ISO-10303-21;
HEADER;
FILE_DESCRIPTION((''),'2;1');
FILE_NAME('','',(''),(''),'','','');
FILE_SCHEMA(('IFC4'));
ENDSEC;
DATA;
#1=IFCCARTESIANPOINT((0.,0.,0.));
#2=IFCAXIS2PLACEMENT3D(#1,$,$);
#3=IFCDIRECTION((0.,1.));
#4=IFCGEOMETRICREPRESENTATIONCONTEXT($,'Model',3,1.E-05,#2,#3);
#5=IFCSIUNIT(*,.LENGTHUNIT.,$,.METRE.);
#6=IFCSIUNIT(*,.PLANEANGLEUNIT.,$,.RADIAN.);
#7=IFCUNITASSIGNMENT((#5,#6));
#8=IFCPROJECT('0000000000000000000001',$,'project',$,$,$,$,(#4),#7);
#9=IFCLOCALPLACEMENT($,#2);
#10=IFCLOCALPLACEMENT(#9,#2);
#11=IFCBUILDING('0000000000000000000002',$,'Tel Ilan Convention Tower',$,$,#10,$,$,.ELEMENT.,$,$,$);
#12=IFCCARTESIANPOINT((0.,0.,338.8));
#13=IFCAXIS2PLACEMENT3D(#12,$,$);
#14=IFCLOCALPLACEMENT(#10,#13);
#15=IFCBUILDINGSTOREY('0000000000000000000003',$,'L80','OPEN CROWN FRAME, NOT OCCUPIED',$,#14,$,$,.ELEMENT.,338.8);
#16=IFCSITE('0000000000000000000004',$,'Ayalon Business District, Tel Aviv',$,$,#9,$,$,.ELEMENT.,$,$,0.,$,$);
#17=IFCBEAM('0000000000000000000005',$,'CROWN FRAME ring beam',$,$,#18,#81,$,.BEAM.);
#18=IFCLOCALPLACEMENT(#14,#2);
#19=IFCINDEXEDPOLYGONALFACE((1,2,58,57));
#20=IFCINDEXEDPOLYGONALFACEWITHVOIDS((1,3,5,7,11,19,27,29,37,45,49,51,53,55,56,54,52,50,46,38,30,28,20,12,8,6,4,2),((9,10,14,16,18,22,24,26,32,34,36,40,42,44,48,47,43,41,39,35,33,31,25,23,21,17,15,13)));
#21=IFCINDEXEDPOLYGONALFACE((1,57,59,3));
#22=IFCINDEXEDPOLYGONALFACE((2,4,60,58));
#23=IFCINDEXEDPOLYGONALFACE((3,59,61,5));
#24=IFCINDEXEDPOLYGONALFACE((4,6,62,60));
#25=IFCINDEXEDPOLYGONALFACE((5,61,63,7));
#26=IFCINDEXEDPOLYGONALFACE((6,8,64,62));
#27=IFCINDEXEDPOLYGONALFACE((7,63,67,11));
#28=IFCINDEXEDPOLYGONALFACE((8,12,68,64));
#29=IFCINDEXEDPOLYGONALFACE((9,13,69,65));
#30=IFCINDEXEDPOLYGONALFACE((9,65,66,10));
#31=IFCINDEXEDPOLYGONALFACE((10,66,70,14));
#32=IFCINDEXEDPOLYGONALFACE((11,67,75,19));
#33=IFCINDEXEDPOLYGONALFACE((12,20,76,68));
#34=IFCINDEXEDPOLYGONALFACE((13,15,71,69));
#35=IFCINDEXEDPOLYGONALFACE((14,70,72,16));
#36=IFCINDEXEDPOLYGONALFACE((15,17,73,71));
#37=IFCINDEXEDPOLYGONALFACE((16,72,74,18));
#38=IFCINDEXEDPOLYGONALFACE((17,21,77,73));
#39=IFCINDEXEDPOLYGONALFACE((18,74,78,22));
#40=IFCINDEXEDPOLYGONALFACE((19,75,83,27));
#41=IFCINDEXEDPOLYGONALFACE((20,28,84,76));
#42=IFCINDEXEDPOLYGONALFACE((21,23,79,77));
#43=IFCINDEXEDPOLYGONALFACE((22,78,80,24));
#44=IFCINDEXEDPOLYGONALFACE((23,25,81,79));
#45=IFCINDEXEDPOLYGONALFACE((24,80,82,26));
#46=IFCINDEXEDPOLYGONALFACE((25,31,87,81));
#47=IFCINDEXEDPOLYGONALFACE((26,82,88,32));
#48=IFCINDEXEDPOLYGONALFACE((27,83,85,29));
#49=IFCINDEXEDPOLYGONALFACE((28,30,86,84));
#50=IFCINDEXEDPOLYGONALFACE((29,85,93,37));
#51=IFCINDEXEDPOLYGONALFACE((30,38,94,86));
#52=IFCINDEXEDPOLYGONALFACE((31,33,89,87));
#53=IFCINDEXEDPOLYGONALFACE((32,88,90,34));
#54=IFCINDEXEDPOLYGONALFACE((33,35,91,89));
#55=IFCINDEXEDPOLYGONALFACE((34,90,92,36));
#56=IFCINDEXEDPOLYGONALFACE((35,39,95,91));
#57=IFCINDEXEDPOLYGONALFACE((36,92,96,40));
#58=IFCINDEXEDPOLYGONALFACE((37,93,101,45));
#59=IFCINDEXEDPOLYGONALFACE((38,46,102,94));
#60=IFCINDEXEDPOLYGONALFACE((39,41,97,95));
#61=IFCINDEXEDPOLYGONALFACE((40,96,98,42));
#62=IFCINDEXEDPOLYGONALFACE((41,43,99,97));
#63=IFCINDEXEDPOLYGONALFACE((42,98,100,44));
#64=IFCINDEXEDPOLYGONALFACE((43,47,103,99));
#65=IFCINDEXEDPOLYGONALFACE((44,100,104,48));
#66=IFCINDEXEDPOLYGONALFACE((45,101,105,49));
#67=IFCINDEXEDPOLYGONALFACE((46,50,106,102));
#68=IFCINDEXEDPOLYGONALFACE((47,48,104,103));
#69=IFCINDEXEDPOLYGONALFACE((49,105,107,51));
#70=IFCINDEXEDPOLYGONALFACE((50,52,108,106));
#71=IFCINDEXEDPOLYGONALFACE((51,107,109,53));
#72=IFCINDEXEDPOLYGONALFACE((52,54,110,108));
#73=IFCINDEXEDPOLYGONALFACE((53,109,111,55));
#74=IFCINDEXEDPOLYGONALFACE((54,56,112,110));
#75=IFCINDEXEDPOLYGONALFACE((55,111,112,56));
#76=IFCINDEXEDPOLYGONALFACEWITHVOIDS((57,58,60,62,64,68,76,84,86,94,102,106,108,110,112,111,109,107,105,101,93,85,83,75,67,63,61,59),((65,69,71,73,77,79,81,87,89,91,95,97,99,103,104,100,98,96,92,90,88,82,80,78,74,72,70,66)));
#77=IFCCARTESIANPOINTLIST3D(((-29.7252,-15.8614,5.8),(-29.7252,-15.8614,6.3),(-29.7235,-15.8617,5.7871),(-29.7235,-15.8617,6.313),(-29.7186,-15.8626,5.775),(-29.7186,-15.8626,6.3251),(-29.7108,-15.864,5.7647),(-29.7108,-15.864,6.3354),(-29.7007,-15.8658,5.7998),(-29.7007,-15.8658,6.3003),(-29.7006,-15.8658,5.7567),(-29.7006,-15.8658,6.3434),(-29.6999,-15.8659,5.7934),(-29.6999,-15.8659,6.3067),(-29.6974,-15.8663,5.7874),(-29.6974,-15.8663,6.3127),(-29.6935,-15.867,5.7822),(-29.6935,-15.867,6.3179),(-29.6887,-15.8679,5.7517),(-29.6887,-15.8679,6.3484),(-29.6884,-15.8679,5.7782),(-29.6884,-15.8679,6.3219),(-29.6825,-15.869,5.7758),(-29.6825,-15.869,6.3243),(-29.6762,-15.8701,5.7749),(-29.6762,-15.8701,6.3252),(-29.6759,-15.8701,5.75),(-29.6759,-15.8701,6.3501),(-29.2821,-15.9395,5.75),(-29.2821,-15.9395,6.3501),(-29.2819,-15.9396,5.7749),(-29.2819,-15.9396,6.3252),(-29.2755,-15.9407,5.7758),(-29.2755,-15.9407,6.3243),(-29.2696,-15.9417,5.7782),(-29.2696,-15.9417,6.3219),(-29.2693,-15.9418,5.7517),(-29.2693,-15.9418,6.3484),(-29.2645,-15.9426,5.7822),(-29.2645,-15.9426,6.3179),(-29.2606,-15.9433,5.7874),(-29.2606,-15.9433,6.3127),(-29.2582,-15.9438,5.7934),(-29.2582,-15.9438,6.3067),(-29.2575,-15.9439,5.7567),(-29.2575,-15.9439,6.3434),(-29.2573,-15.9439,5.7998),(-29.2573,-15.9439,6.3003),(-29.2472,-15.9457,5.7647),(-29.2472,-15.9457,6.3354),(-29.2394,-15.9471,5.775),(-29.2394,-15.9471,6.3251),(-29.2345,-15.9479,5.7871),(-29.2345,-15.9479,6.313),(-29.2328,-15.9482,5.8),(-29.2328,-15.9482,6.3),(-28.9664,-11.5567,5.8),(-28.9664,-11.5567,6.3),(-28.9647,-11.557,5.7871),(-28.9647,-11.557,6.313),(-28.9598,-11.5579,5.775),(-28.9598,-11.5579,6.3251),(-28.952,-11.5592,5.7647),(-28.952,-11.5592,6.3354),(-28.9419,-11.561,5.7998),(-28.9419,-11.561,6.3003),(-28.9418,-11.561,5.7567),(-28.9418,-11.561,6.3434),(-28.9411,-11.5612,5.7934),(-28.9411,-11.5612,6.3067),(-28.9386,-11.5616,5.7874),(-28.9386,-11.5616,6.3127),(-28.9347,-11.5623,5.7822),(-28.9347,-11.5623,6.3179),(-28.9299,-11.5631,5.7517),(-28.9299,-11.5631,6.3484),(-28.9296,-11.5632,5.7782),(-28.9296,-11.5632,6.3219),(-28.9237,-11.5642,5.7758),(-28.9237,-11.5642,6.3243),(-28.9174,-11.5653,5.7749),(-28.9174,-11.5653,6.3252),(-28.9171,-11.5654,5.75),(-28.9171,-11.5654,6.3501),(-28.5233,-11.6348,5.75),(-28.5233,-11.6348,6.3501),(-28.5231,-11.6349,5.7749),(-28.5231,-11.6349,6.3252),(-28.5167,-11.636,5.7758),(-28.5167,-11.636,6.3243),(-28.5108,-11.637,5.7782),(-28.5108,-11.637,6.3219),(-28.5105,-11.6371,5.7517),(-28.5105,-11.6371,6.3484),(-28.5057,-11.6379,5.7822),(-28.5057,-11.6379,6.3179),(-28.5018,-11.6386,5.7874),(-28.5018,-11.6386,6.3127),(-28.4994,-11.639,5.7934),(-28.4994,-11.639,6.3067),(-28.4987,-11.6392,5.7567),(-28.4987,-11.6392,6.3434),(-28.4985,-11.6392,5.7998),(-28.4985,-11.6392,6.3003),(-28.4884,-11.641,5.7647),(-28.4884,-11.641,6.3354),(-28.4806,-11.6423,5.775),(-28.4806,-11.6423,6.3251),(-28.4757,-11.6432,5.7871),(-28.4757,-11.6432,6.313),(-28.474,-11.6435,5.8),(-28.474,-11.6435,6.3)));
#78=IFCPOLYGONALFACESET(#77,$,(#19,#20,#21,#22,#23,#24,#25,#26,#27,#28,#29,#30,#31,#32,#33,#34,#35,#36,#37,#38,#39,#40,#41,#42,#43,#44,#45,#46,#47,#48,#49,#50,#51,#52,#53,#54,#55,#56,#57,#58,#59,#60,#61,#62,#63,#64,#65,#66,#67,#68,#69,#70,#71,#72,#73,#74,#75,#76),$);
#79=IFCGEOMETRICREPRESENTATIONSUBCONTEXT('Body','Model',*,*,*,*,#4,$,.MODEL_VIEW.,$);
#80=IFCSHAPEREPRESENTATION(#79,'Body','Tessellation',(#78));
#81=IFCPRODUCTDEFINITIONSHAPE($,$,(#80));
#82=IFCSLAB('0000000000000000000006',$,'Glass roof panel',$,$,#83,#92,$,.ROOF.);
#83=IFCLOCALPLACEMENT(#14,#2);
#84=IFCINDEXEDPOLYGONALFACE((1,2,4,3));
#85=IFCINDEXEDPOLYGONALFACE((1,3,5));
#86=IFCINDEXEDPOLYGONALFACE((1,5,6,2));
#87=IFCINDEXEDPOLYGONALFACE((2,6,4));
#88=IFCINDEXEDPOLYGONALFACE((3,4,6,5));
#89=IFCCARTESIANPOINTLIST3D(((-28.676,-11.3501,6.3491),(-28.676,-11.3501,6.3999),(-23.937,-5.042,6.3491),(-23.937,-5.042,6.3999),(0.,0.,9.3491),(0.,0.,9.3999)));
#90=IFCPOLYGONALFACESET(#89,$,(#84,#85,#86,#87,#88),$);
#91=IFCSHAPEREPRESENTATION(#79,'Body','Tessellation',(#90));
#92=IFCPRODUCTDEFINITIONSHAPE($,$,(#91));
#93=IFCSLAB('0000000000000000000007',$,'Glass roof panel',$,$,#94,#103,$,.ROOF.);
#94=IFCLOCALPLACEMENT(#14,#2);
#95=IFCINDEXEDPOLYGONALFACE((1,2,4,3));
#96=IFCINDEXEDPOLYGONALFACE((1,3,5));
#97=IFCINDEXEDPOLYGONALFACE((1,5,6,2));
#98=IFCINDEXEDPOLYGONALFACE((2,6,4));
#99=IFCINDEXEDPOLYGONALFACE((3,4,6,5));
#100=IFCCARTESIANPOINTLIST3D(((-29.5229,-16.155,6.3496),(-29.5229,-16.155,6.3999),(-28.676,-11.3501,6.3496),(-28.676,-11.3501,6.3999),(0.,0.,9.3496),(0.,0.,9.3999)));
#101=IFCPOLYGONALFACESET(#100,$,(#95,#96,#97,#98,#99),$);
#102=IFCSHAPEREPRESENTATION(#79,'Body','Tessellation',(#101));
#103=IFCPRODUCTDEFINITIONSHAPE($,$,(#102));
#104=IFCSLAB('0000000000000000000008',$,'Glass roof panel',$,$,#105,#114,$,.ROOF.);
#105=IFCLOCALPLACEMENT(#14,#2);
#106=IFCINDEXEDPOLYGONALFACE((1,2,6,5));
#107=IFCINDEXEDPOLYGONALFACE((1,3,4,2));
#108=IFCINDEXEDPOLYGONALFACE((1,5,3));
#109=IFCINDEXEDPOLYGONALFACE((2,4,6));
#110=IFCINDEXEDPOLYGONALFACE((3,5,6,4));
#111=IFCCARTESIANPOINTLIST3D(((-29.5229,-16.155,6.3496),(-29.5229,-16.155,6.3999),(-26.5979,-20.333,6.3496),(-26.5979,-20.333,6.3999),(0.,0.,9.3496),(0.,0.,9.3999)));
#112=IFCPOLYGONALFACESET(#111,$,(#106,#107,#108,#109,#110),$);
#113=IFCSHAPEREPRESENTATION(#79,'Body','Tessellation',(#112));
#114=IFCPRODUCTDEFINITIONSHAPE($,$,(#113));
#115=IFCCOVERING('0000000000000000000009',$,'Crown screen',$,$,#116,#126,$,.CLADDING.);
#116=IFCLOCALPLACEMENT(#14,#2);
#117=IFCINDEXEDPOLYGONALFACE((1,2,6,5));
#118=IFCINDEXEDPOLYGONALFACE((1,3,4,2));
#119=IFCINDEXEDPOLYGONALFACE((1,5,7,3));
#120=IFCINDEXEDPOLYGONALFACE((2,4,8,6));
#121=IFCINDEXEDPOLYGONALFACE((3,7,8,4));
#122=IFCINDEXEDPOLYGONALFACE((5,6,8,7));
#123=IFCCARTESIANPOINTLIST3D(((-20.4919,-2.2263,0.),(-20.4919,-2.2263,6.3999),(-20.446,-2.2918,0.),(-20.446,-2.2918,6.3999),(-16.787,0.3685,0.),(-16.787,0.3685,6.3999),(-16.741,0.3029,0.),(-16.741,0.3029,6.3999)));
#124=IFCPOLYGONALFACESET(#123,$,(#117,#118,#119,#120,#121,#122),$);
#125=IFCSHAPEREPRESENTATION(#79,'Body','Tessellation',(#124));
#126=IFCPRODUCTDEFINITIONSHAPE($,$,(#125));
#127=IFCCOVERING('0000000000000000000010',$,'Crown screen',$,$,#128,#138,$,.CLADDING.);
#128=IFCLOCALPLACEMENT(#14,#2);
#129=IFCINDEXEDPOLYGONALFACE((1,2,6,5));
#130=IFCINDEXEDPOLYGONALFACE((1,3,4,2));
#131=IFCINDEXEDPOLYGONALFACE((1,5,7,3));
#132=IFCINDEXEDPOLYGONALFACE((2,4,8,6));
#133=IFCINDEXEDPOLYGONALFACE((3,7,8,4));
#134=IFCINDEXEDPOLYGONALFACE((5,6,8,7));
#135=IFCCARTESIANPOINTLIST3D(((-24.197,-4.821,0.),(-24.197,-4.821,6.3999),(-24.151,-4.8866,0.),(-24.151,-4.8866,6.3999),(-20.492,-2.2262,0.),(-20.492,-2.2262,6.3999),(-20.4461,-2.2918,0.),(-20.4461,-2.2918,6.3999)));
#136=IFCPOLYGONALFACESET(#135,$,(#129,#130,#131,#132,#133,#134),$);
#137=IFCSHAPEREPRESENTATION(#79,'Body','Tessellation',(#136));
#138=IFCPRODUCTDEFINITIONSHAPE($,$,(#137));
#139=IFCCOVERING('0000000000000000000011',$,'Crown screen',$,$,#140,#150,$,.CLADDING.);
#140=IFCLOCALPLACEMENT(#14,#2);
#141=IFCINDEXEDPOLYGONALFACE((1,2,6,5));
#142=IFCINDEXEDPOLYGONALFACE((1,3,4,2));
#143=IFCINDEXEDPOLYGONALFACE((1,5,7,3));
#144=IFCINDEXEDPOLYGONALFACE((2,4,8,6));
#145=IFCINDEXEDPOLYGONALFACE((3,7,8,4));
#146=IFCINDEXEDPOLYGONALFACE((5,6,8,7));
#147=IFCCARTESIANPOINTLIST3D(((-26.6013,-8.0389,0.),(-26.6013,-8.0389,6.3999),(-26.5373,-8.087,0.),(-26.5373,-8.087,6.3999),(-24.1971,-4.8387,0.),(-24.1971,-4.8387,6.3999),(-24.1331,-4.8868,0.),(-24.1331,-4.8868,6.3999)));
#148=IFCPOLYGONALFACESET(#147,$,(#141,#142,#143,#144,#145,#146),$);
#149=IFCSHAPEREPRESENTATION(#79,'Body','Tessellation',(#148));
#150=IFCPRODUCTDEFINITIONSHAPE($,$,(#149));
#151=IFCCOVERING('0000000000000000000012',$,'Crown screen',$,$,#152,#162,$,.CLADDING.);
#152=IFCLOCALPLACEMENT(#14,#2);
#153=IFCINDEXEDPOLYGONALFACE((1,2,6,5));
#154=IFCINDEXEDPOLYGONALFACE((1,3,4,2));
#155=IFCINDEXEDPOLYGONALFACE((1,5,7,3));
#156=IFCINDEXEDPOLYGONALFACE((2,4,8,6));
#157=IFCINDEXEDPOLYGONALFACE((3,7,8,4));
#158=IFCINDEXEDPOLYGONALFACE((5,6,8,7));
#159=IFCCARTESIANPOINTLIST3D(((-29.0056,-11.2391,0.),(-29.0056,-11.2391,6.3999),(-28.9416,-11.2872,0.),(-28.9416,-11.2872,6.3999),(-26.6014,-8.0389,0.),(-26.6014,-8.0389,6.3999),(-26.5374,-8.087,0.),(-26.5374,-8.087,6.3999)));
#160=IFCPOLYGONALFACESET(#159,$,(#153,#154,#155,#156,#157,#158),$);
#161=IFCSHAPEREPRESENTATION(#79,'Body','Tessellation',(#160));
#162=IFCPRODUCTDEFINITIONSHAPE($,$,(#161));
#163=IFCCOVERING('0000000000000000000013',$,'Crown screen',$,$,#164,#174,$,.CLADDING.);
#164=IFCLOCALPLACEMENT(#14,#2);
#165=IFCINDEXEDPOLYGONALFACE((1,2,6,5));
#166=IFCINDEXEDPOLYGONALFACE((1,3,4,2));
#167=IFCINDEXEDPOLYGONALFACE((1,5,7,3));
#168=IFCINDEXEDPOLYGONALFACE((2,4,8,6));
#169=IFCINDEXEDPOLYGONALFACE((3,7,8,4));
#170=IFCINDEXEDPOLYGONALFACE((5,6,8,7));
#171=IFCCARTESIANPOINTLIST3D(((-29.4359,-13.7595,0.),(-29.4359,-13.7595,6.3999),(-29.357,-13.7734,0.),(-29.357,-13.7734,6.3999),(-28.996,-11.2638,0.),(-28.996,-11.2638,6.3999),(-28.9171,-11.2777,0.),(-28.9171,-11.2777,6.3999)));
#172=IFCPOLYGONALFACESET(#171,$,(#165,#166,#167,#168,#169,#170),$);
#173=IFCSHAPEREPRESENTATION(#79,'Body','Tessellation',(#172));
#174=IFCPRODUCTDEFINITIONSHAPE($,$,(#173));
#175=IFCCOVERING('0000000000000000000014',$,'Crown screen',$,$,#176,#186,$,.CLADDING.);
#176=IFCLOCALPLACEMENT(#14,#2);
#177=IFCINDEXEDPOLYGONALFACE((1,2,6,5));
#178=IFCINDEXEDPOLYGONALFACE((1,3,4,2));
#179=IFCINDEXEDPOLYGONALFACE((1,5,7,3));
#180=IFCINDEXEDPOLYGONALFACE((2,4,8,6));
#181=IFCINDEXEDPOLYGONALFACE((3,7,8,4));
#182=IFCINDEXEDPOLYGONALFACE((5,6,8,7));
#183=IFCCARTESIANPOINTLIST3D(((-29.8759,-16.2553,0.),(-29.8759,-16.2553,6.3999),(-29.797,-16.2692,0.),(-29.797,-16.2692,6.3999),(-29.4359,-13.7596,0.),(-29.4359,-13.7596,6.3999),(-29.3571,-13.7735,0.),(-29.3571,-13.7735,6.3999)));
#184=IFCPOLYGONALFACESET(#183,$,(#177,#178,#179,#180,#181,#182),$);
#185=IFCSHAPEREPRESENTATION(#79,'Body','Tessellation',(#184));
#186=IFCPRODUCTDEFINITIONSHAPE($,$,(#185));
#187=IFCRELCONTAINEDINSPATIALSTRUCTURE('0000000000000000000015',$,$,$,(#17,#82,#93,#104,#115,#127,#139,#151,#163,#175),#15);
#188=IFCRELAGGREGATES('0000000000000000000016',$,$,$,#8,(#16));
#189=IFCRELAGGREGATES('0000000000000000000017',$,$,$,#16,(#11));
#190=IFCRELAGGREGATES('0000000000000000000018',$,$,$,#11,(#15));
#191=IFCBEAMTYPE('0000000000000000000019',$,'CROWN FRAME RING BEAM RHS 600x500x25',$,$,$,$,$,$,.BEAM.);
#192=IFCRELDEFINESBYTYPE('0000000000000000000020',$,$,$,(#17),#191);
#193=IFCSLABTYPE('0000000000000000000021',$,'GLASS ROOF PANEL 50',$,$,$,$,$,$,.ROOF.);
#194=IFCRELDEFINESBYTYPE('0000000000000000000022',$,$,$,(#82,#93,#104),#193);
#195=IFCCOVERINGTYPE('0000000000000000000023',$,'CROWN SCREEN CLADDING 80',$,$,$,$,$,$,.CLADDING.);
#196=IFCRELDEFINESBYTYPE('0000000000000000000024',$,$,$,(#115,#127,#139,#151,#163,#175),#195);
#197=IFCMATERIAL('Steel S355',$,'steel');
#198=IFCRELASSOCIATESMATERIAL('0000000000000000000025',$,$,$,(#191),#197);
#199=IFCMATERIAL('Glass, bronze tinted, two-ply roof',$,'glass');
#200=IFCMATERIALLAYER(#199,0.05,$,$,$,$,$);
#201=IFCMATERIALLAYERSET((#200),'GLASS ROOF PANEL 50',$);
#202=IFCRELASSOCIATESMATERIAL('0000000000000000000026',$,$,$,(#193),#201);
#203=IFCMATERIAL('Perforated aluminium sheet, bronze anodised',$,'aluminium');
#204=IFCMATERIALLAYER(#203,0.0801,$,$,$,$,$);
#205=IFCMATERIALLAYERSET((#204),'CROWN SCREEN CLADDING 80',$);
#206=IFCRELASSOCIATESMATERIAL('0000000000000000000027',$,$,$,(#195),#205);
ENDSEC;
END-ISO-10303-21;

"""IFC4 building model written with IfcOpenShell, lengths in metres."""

from ifc_helpers import new_model, si_unit, direction, frame, origin, origin_2d, place, context, subcontext, project, spatial, polyline, rectangle, hollow_rectangle, outline, extrude, material, layer, layer_set, material_profile, profile_set, type_object, element, save


model = new_model("IFC4")

# Units and contexts
model_context = context("Model", 3, precision=1e-05, world=origin(), true_north=direction((0.0, 1.0)))
body_context = subcontext(model_context, "Body", "Model", "MODEL_VIEW")
ifc_project = project(units=[si_unit("LENGTHUNIT", "METRE"), si_unit("PLANEANGLEUNIT", "RADIAN")], contexts=[model_context])

# Site, building, storey
site_placement = place(None, origin())
site = spatial("IfcSite", under=ifc_project, at=site_placement, Name="Ayalon Business District, Tel Aviv", CompositionType="ELEMENT", RefElevation=0.0)
building_placement = place(site_placement, origin())
building = spatial("IfcBuilding", under=site, at=building_placement, Name="Tel Ilan Convention Tower", CompositionType="ELEMENT")
storey_placement = place(building_placement, frame((0.0, 0.0, 338.8)))
storey = spatial("IfcBuildingStorey", under=building, at=storey_placement, Name="L80", Description="OPEN CROWN FRAME, NOT OCCUPIED", CompositionType="ELEMENT", Elevation=338.8)

# Beam
ifc_material_1 = material(Name="Steel S355", Category="steel")
ifc_material_profile_1 = material_profile(ifc_material_1, hollow_rectangle(XDim=0.5, YDim=0.6001, WallThickness=0.0249, InnerFilletRadius=0.0249, OuterFilletRadius=0.05, at=origin_2d()), Name="RHS 600x500x25")
ifc_profile_set_1 = profile_set([ifc_material_profile_1], Name="Steel S355")
beam_type = type_object("IfcBeamType", Name="CROWN FRAME RING BEAM RHS 600x500x25", PredefinedType="BEAM", material=ifc_profile_set_1)
for number, where, z_axis, x_axis, name in (
    (1, (-28.7202, -11.6001, 6.05), (-0.173594, -0.984817, 0.0), (0.984817, -0.173594, 0.0), "CROWN FRAME ring beam"),
):
    element("IfcBeam", number, at=place(storey_placement, frame(where, z_axis=z_axis, x_axis=x_axis)), inside=storey, type_object=beam_type, Name=name, PredefinedType="BEAM", context=body_context, shape_type="SweptSolid", body=[
        extrude(hollow_rectangle(XDim=0.5, YDim=0.6001, WallThickness=0.0249, InnerFilletRadius=0.0249, OuterFilletRadius=0.05, at=origin_2d()), origin(), (0.0, 0.0, 1.0), 4.3711),
    ])

# Slabs
ifc_material_2 = material(Name="Glass, bronze tinted, two-ply roof", Category="glass")
ifc_layer_1 = layer(ifc_material_2, 0.05)
ifc_layer_set_1 = layer_set([ifc_layer_1], Name="GLASS ROOF PANEL 50")
slab_type = type_object("IfcSlabType", Name="GLASS ROOF PANEL 50", PredefinedType="ROOF", material=ifc_layer_set_1)
slab_1_placement = place(storey_placement, frame((-23.937, -5.042, 6.3999), z_axis=(-0.146373, 0.109964, 0.983099), x_axis=(-0.600643, -0.799517, 0.0)))
element("IfcSlab", 2, at=slab_1_placement, inside=storey, type_object=slab_type, Name="Glass roof panel", PredefinedType="ROOF", context=body_context, shape_type="SweptSolid", body=[
    extrude(outline(polyline([(0.0, 0.0), (7.8899, 0.0), (-18.4088, 16.3866), (0.0, 0.0)])), origin(), (0.0, -0.183077, -0.983099), 0.0508),
])
slab_2_placement = place(storey_placement, frame((-28.676, -11.3501, 6.3999), z_axis=(-0.111737, 0.019695, 0.993543), x_axis=(-0.173586, -0.984819, 0.0)))
element("IfcSlab", 3, at=slab_2_placement, inside=storey, type_object=slab_type, Name="Glass roof panel", PredefinedType="ROOF", context=body_context, shape_type="SweptSolid", body=[
    extrude(outline(polyline([(0.0, 0.0), (4.879, 0.0), (-16.1555, 26.4412), (0.0, 0.0)])), origin(), (0.0, -0.113459, -0.993543), 0.0503),
])
slab_3_placement = place(storey_placement, frame((-29.5229, -16.155, 6.3999), z_axis=(-0.073176, -0.051231, 0.996002), x_axis=(0.573523, -0.819189, 0.0)))
element("IfcSlab", 4, at=slab_3_placement, inside=storey, type_object=slab_type, Name="Glass roof panel", PredefinedType="ROOF", context=body_context, shape_type="SweptSolid", body=[
    extrude(outline(polyline([(0.0, 0.0), (5.1001, 0.0), (3.6981, 33.5844), (0.0, 0.0)])), origin(), (0.0, -0.089327, -0.996002), 0.0503),
])

# Coverings
ifc_material_3 = material(Name="Perforated aluminium sheet, bronze anodised", Category="aluminium")
ifc_layer_2 = layer(ifc_material_3, 0.0801)
ifc_layer_set_2 = layer_set([ifc_layer_2], Name="CROWN SCREEN CLADDING 80")
covering_type = type_object("IfcCoveringType", Name="CROWN SCREEN CLADDING 80", PredefinedType="CLADDING", material=ifc_layer_set_2)
for number, where, z_axis, x_axis, name in (
    (5, (-18.6165, -0.9617, 0.0), (0.0, 0.0, 1.0), (-0.819096, -0.573656, 0.0), "Crown screen"),
    (6, (-22.3215, -3.5564, 0.0), (0.0, 0.0, 1.0), (-0.819096, -0.573656, 0.0), "Crown screen"),
):
    element("IfcCovering", number, at=place(storey_placement, frame(where, z_axis=z_axis, x_axis=x_axis)), inside=storey, type_object=covering_type, Name=name, PredefinedType="CLADDING", context=body_context, shape_type="SweptSolid", body=[
        extrude(rectangle(XDim=4.5232, YDim=0.0801, at=origin_2d()), origin(), (0.0, 0.0, 1.0), 6.3999),
    ])
for number, where, z_axis, x_axis, name in (
    (7, (-25.3672, -6.4629, 0.0), (0.0, 0.0, 1.0), (-0.600649, -0.799513, 0.0), "Crown screen"),
    (8, (-27.7715, -9.6631, 0.0), (0.0, 0.0, 1.0), (-0.600649, -0.799513, 0.0), "Crown screen"),
):
    element("IfcCovering", number, at=place(storey_placement, frame(where, z_axis=z_axis, x_axis=x_axis)), inside=storey, type_object=covering_type, Name=name, PredefinedType="CLADDING", context=body_context, shape_type="SweptSolid", body=[
        extrude(rectangle(XDim=4.0027, YDim=0.0801, at=origin_2d()), origin(), (0.0, 0.0, 1.0), 6.3999),
    ])
for number, where, z_axis, x_axis, name in (
    (9, (-29.1765, -12.5186, 0.0), (0.0, 0.0, 1.0), (-0.173598, -0.984817, 0.0), "Crown screen"),
    (10, (-29.6165, -15.0144, 0.0), (0.0, 0.0, 1.0), (-0.173598, -0.984817, 0.0), "Crown screen"),
):
    element("IfcCovering", number, at=place(storey_placement, frame(where, z_axis=z_axis, x_axis=x_axis)), inside=storey, type_object=covering_type, Name=name, PredefinedType="CLADDING", context=body_context, shape_type="SweptSolid", body=[
        extrude(rectangle(XDim=2.5342, YDim=0.0801, at=origin_2d()), origin(), (0.0, 0.0, 1.0), 6.3999),
    ])

save(model, "model.ifc")
